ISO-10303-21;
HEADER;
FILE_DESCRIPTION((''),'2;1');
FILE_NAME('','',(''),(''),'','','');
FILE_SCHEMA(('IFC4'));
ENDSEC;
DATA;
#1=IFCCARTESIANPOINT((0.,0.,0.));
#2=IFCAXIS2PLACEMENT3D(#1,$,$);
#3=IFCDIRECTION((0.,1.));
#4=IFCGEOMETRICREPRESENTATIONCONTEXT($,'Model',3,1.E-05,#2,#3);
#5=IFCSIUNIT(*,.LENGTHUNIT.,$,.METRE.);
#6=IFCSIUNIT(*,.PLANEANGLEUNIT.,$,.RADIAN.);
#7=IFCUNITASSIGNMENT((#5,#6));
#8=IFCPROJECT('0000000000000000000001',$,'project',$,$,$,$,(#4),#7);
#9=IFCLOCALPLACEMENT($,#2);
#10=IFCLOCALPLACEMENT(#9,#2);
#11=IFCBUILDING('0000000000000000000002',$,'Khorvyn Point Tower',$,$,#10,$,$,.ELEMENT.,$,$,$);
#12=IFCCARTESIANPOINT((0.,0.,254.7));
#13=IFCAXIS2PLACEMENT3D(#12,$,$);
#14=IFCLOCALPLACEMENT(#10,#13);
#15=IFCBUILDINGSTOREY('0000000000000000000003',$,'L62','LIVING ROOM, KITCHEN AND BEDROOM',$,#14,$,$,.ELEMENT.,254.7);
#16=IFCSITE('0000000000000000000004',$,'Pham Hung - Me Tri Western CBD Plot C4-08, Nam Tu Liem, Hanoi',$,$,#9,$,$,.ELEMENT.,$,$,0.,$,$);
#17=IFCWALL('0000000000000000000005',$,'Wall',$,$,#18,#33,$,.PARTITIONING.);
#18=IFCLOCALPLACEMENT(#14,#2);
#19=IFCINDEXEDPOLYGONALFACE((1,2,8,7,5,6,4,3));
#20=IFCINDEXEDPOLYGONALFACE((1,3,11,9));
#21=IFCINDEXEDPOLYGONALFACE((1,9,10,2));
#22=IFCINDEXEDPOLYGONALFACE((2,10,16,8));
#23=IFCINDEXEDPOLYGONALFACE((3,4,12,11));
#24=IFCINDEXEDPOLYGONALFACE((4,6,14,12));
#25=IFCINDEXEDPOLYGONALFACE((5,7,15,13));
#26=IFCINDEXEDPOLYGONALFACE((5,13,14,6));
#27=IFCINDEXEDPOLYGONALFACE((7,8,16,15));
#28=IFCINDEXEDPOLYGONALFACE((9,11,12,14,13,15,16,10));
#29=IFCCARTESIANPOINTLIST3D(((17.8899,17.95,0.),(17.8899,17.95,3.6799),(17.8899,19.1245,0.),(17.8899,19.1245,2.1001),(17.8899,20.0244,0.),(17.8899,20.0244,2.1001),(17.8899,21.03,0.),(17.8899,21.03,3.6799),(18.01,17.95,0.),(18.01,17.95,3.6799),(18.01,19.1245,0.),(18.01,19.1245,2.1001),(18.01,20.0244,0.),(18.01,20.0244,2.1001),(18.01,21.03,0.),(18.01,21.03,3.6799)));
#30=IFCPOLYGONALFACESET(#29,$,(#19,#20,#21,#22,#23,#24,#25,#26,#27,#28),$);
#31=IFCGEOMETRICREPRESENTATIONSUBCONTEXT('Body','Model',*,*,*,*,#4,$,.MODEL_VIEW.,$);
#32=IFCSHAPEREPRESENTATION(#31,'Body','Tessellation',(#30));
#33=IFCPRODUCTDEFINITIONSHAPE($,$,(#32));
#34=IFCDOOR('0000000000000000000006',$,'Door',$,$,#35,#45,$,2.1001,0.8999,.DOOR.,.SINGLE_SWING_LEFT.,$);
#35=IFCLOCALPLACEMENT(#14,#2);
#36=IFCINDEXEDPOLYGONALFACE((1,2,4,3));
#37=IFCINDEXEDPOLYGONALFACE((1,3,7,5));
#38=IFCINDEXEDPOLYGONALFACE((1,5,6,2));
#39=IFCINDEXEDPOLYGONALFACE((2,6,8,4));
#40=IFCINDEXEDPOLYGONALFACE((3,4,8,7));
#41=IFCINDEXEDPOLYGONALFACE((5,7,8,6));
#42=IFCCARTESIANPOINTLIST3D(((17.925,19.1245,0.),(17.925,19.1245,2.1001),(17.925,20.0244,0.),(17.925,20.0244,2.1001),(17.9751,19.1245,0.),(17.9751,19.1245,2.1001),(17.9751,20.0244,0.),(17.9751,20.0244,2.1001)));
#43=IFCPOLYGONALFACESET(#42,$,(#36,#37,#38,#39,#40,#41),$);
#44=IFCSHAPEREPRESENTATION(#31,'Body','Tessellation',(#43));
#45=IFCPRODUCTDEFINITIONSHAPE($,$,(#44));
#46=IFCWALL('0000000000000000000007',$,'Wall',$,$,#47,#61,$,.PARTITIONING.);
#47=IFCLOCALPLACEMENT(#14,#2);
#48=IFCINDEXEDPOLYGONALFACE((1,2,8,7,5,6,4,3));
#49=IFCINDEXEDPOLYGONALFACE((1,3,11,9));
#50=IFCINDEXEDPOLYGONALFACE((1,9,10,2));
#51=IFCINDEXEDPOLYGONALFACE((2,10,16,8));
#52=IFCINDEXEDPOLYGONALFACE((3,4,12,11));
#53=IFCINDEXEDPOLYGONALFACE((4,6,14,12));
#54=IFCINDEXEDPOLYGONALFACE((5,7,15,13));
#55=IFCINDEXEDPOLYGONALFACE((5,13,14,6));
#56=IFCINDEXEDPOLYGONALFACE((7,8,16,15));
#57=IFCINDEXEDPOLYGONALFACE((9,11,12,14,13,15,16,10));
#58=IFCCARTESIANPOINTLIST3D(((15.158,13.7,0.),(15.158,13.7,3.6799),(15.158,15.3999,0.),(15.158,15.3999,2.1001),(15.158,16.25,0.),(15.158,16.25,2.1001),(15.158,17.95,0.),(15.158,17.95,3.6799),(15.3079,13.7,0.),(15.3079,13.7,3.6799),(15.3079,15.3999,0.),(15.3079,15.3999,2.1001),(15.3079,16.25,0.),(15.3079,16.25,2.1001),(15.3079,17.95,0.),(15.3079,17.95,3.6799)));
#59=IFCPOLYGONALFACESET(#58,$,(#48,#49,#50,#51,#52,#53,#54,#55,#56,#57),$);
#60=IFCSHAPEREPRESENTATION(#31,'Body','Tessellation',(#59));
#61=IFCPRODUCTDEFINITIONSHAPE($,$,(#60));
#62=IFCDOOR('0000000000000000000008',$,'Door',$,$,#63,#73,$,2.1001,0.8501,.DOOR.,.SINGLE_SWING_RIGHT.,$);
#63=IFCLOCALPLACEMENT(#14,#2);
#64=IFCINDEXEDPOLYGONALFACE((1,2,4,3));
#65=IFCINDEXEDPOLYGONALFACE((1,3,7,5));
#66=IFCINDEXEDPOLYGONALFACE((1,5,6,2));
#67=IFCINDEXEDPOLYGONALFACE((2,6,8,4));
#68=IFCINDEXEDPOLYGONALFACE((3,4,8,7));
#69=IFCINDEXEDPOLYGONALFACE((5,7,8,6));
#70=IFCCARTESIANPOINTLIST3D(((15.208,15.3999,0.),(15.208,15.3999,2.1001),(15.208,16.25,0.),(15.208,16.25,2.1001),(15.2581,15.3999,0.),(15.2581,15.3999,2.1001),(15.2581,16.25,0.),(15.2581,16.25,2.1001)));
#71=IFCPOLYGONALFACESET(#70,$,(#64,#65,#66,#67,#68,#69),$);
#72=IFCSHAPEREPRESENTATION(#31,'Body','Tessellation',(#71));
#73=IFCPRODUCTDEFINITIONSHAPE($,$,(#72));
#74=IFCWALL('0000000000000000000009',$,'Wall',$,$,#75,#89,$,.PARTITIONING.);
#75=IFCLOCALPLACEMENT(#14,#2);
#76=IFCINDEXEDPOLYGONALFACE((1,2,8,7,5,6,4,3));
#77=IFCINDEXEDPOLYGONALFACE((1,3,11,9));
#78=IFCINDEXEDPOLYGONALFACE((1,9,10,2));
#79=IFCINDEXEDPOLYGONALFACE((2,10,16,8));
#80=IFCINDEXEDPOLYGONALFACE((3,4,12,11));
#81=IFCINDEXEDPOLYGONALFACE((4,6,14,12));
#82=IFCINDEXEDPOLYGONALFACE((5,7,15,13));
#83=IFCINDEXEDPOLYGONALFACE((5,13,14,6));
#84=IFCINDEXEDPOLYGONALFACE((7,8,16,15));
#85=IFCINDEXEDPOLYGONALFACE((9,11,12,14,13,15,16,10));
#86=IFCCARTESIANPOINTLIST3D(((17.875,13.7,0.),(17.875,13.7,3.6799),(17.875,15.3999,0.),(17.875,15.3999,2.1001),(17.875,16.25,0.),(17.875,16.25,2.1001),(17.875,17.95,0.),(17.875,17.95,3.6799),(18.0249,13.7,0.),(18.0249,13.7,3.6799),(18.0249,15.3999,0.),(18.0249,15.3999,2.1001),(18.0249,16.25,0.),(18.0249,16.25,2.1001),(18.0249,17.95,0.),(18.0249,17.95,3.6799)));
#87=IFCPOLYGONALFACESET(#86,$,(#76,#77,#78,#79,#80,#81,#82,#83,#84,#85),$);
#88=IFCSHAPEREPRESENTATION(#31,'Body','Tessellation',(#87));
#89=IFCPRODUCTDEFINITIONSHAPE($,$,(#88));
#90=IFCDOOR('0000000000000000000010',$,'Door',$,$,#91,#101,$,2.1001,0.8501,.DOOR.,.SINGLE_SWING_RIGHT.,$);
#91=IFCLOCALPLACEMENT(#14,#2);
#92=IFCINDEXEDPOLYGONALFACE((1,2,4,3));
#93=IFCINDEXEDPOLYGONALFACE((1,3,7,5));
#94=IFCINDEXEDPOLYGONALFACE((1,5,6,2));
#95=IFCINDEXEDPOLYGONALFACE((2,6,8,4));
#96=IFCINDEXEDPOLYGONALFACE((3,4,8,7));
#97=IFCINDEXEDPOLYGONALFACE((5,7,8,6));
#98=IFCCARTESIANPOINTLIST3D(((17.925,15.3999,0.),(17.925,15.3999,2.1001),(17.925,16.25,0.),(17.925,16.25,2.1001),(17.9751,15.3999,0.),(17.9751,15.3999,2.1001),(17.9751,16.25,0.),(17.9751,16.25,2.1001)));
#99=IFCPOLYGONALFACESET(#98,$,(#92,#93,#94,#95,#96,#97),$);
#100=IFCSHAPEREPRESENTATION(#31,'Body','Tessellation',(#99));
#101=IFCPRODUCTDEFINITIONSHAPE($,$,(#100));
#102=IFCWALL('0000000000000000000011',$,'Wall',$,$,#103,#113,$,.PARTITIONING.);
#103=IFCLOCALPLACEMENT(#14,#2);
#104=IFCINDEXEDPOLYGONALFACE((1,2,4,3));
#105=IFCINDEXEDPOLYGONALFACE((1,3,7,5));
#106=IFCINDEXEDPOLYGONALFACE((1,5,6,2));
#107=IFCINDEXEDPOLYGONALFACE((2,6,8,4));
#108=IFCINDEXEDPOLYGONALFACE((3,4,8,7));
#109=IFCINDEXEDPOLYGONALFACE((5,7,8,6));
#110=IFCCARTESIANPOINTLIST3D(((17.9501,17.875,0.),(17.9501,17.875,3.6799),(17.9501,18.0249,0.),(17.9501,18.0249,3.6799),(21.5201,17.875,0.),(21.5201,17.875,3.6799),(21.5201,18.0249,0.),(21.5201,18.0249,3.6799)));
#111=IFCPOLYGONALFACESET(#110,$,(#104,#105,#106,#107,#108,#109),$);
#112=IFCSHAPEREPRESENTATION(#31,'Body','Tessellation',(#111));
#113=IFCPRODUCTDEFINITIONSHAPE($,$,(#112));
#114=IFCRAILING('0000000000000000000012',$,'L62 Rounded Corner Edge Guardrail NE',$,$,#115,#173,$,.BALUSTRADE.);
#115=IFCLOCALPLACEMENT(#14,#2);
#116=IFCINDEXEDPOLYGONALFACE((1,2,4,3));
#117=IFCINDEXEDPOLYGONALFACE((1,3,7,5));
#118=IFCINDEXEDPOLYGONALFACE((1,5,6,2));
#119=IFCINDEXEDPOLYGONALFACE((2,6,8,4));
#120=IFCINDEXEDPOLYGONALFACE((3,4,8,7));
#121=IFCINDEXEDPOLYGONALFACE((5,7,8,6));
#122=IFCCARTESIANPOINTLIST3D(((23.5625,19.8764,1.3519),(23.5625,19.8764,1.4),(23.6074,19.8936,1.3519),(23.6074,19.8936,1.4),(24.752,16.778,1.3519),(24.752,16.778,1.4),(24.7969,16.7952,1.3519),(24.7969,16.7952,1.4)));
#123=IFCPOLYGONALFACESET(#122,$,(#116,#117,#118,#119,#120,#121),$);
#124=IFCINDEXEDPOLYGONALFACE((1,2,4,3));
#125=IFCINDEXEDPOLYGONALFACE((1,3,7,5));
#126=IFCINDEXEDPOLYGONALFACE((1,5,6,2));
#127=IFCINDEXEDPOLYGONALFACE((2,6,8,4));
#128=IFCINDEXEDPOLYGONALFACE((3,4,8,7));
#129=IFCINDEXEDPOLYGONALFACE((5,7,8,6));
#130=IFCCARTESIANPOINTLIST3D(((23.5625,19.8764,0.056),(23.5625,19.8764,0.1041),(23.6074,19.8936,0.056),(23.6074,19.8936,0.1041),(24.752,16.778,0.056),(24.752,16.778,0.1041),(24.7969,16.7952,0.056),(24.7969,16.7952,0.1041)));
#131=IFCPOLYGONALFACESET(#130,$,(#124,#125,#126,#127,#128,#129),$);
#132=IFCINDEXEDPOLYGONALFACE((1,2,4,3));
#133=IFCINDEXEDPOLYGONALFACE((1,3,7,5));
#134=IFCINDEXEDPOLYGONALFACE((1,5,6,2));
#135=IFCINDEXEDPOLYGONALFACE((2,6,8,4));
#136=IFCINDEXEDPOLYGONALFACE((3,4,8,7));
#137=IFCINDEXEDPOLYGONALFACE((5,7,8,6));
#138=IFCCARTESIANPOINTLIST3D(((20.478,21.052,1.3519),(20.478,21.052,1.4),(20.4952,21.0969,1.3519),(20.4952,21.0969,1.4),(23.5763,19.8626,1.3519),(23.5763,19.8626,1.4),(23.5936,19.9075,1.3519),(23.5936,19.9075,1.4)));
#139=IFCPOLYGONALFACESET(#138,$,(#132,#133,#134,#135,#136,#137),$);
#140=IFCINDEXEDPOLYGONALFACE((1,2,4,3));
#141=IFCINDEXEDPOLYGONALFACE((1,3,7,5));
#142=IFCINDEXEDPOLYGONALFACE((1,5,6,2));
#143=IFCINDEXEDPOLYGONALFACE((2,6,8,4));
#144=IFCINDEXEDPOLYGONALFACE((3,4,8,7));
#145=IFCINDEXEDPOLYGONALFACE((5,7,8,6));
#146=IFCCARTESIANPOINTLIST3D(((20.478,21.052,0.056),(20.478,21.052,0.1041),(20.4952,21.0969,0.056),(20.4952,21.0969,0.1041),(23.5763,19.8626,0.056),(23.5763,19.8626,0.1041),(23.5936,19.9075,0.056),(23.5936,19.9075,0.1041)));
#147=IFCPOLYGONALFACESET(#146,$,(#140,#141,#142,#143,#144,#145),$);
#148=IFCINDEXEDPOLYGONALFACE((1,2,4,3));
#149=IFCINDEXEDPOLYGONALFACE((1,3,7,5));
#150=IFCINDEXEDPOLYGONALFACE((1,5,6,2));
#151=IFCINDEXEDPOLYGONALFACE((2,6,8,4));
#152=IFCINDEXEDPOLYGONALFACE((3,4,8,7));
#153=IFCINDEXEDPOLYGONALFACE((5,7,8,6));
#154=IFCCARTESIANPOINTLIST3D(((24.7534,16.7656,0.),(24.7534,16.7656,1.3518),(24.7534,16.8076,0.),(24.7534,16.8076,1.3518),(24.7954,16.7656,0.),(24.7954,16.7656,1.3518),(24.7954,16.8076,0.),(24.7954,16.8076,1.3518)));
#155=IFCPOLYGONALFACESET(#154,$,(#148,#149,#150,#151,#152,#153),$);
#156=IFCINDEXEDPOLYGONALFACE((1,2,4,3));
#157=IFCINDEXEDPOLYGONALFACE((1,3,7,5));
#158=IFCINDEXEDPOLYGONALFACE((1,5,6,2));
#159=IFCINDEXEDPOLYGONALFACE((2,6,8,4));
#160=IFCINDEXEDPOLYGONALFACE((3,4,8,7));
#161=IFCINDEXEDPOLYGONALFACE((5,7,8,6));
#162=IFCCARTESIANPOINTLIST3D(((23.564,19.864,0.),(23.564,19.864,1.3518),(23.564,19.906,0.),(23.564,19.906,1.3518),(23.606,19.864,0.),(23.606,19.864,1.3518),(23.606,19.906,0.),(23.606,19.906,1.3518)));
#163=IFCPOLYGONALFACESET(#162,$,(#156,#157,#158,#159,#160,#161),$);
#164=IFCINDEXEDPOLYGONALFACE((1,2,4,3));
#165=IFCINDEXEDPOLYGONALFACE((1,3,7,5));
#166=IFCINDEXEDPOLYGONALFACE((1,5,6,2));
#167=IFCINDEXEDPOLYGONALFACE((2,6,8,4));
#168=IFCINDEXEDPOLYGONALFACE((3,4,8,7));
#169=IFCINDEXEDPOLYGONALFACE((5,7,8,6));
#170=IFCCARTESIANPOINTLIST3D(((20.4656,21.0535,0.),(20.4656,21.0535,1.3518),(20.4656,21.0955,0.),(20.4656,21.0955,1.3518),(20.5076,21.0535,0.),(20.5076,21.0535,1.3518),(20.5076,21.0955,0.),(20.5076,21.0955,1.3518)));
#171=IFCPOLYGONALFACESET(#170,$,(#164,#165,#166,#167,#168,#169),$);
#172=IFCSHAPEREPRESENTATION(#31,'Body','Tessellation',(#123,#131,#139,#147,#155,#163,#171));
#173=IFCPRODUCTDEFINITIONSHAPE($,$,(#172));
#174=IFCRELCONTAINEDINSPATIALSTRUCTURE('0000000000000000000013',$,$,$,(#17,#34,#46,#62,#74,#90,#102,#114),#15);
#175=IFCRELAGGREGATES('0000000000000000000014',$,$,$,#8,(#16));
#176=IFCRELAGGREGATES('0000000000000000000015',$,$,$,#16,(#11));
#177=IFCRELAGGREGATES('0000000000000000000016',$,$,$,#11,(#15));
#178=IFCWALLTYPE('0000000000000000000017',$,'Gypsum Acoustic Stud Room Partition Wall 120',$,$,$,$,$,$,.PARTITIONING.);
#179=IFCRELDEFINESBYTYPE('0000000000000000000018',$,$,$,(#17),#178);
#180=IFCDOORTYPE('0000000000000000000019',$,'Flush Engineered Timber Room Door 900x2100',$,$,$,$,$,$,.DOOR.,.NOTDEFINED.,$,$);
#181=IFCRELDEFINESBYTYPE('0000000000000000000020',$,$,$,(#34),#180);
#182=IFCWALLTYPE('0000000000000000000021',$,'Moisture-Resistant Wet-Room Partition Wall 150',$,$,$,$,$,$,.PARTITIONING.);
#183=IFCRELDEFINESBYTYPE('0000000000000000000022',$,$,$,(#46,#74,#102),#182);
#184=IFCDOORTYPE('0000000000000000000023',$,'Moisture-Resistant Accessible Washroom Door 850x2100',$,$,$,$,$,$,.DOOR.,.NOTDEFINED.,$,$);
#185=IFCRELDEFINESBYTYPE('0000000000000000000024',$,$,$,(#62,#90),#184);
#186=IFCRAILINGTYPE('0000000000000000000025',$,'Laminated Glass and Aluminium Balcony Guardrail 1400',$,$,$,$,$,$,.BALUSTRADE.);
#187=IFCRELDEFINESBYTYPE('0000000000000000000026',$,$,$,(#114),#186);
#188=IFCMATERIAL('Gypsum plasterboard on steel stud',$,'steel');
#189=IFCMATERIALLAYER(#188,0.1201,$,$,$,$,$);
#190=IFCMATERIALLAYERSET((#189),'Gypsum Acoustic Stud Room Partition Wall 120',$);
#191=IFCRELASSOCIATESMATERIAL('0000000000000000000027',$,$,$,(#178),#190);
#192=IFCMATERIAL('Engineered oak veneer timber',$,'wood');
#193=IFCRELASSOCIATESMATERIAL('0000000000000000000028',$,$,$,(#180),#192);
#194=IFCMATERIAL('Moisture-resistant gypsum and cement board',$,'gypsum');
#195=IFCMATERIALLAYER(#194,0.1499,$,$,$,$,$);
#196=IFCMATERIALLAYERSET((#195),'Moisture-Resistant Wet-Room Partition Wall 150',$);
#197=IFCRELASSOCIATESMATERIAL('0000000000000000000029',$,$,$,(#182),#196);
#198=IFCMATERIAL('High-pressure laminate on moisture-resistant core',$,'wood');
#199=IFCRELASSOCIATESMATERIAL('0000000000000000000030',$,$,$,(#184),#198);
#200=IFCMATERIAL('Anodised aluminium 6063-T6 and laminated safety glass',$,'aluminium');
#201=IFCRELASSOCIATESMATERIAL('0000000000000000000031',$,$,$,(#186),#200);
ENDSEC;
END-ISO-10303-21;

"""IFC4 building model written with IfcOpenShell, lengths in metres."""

from ifc_helpers import new_model, si_unit, direction, frame, frame_2d, origin, origin_2d, place, context, subcontext, project, spatial, rectangle, extrude, material, layer, layer_set, type_object, element, fill, save


model = new_model("IFC4")

# Units and contexts
model_context = context("Model", 3, precision=1e-05, world=origin(), true_north=direction((0.0, 1.0)))
body_context = subcontext(model_context, "Body", "Model", "MODEL_VIEW")
ifc_project = project(units=[si_unit("LENGTHUNIT", "METRE"), si_unit("PLANEANGLEUNIT", "RADIAN")], contexts=[model_context])

# Site, building, storey
site_placement = place(None, origin())
site = spatial("IfcSite", under=ifc_project, at=site_placement, Name="Pham Hung - Me Tri Western CBD Plot C4-08, Nam Tu Liem, Hanoi", CompositionType="ELEMENT", RefElevation=0.0)
building_placement = place(site_placement, origin())
building = spatial("IfcBuilding", under=site, at=building_placement, Name="Khorvyn Point Tower", CompositionType="ELEMENT")
storey_placement = place(building_placement, frame((0.0, 0.0, 254.7)))
storey = spatial("IfcBuildingStorey", under=building, at=storey_placement, Name="L62", Description="LIVING ROOM, KITCHEN AND BEDROOM", CompositionType="ELEMENT", Elevation=254.7)

# Walls, openings, doors
ifc_material_1 = material(Name="Gypsum plasterboard on steel stud", Category="steel")
ifc_layer_1 = layer(ifc_material_1, 0.1201)
ifc_layer_set_1 = layer_set([ifc_layer_1], Name="Gypsum Acoustic Stud Room Partition Wall 120")
wall_type_1 = type_object("IfcWallType", Name="Gypsum Acoustic Stud Room Partition Wall 120", PredefinedType="PARTITIONING", material=ifc_layer_set_1)
ifc_material_2 = material(Name="Engineered oak veneer timber", Category="wood")
door_type_1 = type_object("IfcDoorType", Name="Flush Engineered Timber Room Door 900x2100", OperationType="NOTDEFINED", PredefinedType="DOOR", material=ifc_material_2)
wall_1_placement = place(storey_placement, frame((17.95, 17.95, 0.0), z_axis=(0.0, 0.0, 1.0), x_axis=(0.0, 1.0, 0.0)))
wall_1 = element("IfcWall", 1, at=wall_1_placement, inside=storey, type_object=wall_type_1, Name="Wall", PredefinedType="PARTITIONING", context=body_context, shape_type="SweptSolid", body=[
    extrude(rectangle(XDim=3.0801, YDim=0.1201, at=frame_2d((1.54, 0.0))), origin(), (0.0, 0.0, 1.0), 3.6799),
])
opening_1_placement = place(wall_1_placement, frame((1.1746, 0.0, 0.0)))
opening_1 = element("IfcOpeningElement", 2, at=opening_1_placement, cuts=wall_1, PredefinedType="OPENING", context=body_context, shape_type="SweptSolid", body=[
    extrude(rectangle(XDim=0.8999, YDim=2.1001, at=frame_2d((0.45, 1.05))), frame((0.0, 0.0701, 0.0), z_axis=(0.0, -1.0, 0.0), x_axis=(1.0, 0.0, 0.0)), (0.0, 0.0, 1.0), 0.1401),
])
door_1_placement = place(opening_1_placement, origin())
door_1 = element("IfcDoor", 3, at=door_1_placement, inside=storey, type_object=door_type_1, Name="Door", OperationType="SINGLE_SWING_LEFT", OverallHeight=2.1001, OverallWidth=0.8999, PredefinedType="DOOR", context=body_context, shape_type="SweptSolid", body=[
    extrude(rectangle(XDim=0.8999, YDim=2.1001, at=frame_2d((0.45, 1.05))), frame((0.0, 0.0249, 0.0), z_axis=(0.0, -1.0, 0.0), x_axis=(1.0, 0.0, 0.0)), (0.0, 0.0, 1.0), 0.05),
])
fill(opening_1, door_1)
ifc_material_3 = material(Name="Moisture-resistant gypsum and cement board", Category="gypsum")
ifc_layer_2 = layer(ifc_material_3, 0.1499)
ifc_layer_set_2 = layer_set([ifc_layer_2], Name="Moisture-Resistant Wet-Room Partition Wall 150")
wall_type_2 = type_object("IfcWallType", Name="Moisture-Resistant Wet-Room Partition Wall 150", PredefinedType="PARTITIONING", material=ifc_layer_set_2)
wall_2_placement = place(storey_placement, frame((15.2329, 13.7, 0.0), z_axis=(0.0, 0.0, 1.0), x_axis=(0.0, 1.0, 0.0)))
wall_2 = element("IfcWall", 4, at=wall_2_placement, inside=storey, type_object=wall_type_2, Name="Wall", PredefinedType="PARTITIONING", context=body_context, shape_type="SweptSolid", body=[
    extrude(rectangle(XDim=4.25, YDim=0.1499, at=frame_2d((2.125, 0.0))), origin(), (0.0, 0.0, 1.0), 3.6799),
])
opening_2_placement = place(wall_2_placement, frame((1.7, 0.0, 0.0)))
opening_2 = element("IfcOpeningElement", 5, at=opening_2_placement, cuts=wall_2, PredefinedType="OPENING", context=body_context, shape_type="SweptSolid", body=[
    extrude(rectangle(XDim=0.8501, YDim=2.1001, at=frame_2d((0.425, 1.05))), frame((0.0, 0.085, 0.0), z_axis=(0.0, -1.0, 0.0), x_axis=(1.0, 0.0, 0.0)), (0.0, 0.0, 1.0), 0.1699),
])
ifc_material_4 = material(Name="High-pressure laminate on moisture-resistant core", Category="wood")
door_type_2 = type_object("IfcDoorType", Name="Moisture-Resistant Accessible Washroom Door 850x2100", OperationType="NOTDEFINED", PredefinedType="DOOR", material=ifc_material_4)
door_2_placement = place(opening_2_placement, origin())
door_2 = element("IfcDoor", 6, at=door_2_placement, inside=storey, type_object=door_type_2, Name="Door", OperationType="SINGLE_SWING_RIGHT", OverallHeight=2.1001, OverallWidth=0.8501, PredefinedType="DOOR", context=body_context, shape_type="SweptSolid", body=[
    extrude(rectangle(XDim=0.8501, YDim=2.1001, at=frame_2d((0.425, 1.05))), frame((0.0, 0.0249, 0.0), z_axis=(0.0, -1.0, 0.0), x_axis=(1.0, 0.0, 0.0)), (0.0, 0.0, 1.0), 0.05),
])
fill(opening_2, door_2)
wall_3_placement = place(storey_placement, frame((17.95, 13.7, 0.0), z_axis=(0.0, 0.0, 1.0), x_axis=(0.0, 1.0, 0.0)))
wall_3 = element("IfcWall", 7, at=wall_3_placement, inside=storey, type_object=wall_type_2, Name="Wall", PredefinedType="PARTITIONING", context=body_context, shape_type="SweptSolid", body=[
    extrude(rectangle(XDim=4.25, YDim=0.1499, at=frame_2d((2.125, 0.0))), origin(), (0.0, 0.0, 1.0), 3.6799),
])
opening_3_placement = place(wall_3_placement, frame((1.7, 0.0, 0.0)))
opening_3 = element("IfcOpeningElement", 8, at=opening_3_placement, cuts=wall_3, PredefinedType="OPENING", context=body_context, shape_type="SweptSolid", body=[
    extrude(rectangle(XDim=0.8501, YDim=2.1001, at=frame_2d((0.425, 1.05))), frame((0.0, 0.085, 0.0), z_axis=(0.0, -1.0, 0.0), x_axis=(1.0, 0.0, 0.0)), (0.0, 0.0, 1.0), 0.1699),
])
door_3_placement = place(opening_3_placement, origin())
door_3 = element("IfcDoor", 9, at=door_3_placement, inside=storey, type_object=door_type_2, Name="Door", OperationType="SINGLE_SWING_RIGHT", OverallHeight=2.1001, OverallWidth=0.8501, PredefinedType="DOOR", context=body_context, shape_type="SweptSolid", body=[
    extrude(rectangle(XDim=0.8501, YDim=2.1001, at=frame_2d((0.425, 1.05))), frame((0.0, 0.0249, 0.0), z_axis=(0.0, -1.0, 0.0), x_axis=(1.0, 0.0, 0.0)), (0.0, 0.0, 1.0), 0.05),
])
fill(opening_3, door_3)

# Wall
wall_4_placement = place(storey_placement, frame((17.95, 17.95, 0.0), z_axis=(0.0, 0.0, 1.0), x_axis=(1.0, 0.0, 0.0)))
element("IfcWall", 10, at=wall_4_placement, inside=storey, type_object=wall_type_2, Name="Wall", PredefinedType="PARTITIONING", context=body_context, shape_type="SweptSolid", body=[
    extrude(rectangle(XDim=3.5701, YDim=0.1499, at=frame_2d((1.7852, 0.0))), origin(), (0.0, 0.0, 1.0), 3.6799),
])

# Railing
ifc_material_5 = material(Name="Anodised aluminium 6063-T6 and laminated safety glass", Category="aluminium")
railing_type = type_object("IfcRailingType", Name="Laminated Glass and Aluminium Balcony Guardrail 1400", PredefinedType="BALUSTRADE", material=ifc_material_5)
railing_1_placement = place(storey_placement, frame((24.7744, 16.7866, 0.0)))
element("IfcRailing", 11, at=railing_1_placement, inside=storey, type_object=railing_type, Name="L62 Rounded Corner Edge Guardrail NE", PredefinedType="BALUSTRADE", context=body_context, shape_type="SweptSolid", body=[
    extrude(rectangle(XDim=0.0481, YDim=0.0481, at=origin_2d()), frame((0.0, 0.0, 1.376), z_axis=(-0.358392, 0.933571, 0.0), x_axis=(-0.933571, -0.358392, 0.0)), (0.0, 0.0, 1.0), 3.3188),
    extrude(rectangle(XDim=0.0481, YDim=0.0481, at=origin_2d()), frame((0.0, 0.0, 0.0801), z_axis=(-0.358392, 0.933571, 0.0), x_axis=(-0.933571, -0.358392, 0.0)), (0.0, 0.0, 1.0), 3.3188),
    extrude(rectangle(XDim=0.0481, YDim=0.0481, at=origin_2d()), frame((-1.1895, 3.0984, 1.376), z_axis=(-0.933571, 0.358392, 0.0), x_axis=(-0.358392, -0.933571, 0.0)), (0.0, 0.0, 1.0), 3.3188),
    extrude(rectangle(XDim=0.0481, YDim=0.0481, at=origin_2d()), frame((-1.1895, 3.0984, 0.0801), z_axis=(-0.933571, 0.358392, 0.0), x_axis=(-0.358392, -0.933571, 0.0)), (0.0, 0.0, 1.0), 3.3188),
    extrude(rectangle(XDim=0.042, YDim=0.042, at=origin_2d()), origin(), (0.0, 0.0, 1.0), 1.3518),
    extrude(rectangle(XDim=0.042, YDim=0.042, at=origin_2d()), frame((-1.1895, 3.0984, 0.0)), (0.0, 0.0, 1.0), 1.3518),
    extrude(rectangle(XDim=0.042, YDim=0.042, at=origin_2d()), frame((-4.2878, 4.2878, 0.0)), (0.0, 0.0, 1.0), 1.3518),
])

save(model, "model.ifc")
